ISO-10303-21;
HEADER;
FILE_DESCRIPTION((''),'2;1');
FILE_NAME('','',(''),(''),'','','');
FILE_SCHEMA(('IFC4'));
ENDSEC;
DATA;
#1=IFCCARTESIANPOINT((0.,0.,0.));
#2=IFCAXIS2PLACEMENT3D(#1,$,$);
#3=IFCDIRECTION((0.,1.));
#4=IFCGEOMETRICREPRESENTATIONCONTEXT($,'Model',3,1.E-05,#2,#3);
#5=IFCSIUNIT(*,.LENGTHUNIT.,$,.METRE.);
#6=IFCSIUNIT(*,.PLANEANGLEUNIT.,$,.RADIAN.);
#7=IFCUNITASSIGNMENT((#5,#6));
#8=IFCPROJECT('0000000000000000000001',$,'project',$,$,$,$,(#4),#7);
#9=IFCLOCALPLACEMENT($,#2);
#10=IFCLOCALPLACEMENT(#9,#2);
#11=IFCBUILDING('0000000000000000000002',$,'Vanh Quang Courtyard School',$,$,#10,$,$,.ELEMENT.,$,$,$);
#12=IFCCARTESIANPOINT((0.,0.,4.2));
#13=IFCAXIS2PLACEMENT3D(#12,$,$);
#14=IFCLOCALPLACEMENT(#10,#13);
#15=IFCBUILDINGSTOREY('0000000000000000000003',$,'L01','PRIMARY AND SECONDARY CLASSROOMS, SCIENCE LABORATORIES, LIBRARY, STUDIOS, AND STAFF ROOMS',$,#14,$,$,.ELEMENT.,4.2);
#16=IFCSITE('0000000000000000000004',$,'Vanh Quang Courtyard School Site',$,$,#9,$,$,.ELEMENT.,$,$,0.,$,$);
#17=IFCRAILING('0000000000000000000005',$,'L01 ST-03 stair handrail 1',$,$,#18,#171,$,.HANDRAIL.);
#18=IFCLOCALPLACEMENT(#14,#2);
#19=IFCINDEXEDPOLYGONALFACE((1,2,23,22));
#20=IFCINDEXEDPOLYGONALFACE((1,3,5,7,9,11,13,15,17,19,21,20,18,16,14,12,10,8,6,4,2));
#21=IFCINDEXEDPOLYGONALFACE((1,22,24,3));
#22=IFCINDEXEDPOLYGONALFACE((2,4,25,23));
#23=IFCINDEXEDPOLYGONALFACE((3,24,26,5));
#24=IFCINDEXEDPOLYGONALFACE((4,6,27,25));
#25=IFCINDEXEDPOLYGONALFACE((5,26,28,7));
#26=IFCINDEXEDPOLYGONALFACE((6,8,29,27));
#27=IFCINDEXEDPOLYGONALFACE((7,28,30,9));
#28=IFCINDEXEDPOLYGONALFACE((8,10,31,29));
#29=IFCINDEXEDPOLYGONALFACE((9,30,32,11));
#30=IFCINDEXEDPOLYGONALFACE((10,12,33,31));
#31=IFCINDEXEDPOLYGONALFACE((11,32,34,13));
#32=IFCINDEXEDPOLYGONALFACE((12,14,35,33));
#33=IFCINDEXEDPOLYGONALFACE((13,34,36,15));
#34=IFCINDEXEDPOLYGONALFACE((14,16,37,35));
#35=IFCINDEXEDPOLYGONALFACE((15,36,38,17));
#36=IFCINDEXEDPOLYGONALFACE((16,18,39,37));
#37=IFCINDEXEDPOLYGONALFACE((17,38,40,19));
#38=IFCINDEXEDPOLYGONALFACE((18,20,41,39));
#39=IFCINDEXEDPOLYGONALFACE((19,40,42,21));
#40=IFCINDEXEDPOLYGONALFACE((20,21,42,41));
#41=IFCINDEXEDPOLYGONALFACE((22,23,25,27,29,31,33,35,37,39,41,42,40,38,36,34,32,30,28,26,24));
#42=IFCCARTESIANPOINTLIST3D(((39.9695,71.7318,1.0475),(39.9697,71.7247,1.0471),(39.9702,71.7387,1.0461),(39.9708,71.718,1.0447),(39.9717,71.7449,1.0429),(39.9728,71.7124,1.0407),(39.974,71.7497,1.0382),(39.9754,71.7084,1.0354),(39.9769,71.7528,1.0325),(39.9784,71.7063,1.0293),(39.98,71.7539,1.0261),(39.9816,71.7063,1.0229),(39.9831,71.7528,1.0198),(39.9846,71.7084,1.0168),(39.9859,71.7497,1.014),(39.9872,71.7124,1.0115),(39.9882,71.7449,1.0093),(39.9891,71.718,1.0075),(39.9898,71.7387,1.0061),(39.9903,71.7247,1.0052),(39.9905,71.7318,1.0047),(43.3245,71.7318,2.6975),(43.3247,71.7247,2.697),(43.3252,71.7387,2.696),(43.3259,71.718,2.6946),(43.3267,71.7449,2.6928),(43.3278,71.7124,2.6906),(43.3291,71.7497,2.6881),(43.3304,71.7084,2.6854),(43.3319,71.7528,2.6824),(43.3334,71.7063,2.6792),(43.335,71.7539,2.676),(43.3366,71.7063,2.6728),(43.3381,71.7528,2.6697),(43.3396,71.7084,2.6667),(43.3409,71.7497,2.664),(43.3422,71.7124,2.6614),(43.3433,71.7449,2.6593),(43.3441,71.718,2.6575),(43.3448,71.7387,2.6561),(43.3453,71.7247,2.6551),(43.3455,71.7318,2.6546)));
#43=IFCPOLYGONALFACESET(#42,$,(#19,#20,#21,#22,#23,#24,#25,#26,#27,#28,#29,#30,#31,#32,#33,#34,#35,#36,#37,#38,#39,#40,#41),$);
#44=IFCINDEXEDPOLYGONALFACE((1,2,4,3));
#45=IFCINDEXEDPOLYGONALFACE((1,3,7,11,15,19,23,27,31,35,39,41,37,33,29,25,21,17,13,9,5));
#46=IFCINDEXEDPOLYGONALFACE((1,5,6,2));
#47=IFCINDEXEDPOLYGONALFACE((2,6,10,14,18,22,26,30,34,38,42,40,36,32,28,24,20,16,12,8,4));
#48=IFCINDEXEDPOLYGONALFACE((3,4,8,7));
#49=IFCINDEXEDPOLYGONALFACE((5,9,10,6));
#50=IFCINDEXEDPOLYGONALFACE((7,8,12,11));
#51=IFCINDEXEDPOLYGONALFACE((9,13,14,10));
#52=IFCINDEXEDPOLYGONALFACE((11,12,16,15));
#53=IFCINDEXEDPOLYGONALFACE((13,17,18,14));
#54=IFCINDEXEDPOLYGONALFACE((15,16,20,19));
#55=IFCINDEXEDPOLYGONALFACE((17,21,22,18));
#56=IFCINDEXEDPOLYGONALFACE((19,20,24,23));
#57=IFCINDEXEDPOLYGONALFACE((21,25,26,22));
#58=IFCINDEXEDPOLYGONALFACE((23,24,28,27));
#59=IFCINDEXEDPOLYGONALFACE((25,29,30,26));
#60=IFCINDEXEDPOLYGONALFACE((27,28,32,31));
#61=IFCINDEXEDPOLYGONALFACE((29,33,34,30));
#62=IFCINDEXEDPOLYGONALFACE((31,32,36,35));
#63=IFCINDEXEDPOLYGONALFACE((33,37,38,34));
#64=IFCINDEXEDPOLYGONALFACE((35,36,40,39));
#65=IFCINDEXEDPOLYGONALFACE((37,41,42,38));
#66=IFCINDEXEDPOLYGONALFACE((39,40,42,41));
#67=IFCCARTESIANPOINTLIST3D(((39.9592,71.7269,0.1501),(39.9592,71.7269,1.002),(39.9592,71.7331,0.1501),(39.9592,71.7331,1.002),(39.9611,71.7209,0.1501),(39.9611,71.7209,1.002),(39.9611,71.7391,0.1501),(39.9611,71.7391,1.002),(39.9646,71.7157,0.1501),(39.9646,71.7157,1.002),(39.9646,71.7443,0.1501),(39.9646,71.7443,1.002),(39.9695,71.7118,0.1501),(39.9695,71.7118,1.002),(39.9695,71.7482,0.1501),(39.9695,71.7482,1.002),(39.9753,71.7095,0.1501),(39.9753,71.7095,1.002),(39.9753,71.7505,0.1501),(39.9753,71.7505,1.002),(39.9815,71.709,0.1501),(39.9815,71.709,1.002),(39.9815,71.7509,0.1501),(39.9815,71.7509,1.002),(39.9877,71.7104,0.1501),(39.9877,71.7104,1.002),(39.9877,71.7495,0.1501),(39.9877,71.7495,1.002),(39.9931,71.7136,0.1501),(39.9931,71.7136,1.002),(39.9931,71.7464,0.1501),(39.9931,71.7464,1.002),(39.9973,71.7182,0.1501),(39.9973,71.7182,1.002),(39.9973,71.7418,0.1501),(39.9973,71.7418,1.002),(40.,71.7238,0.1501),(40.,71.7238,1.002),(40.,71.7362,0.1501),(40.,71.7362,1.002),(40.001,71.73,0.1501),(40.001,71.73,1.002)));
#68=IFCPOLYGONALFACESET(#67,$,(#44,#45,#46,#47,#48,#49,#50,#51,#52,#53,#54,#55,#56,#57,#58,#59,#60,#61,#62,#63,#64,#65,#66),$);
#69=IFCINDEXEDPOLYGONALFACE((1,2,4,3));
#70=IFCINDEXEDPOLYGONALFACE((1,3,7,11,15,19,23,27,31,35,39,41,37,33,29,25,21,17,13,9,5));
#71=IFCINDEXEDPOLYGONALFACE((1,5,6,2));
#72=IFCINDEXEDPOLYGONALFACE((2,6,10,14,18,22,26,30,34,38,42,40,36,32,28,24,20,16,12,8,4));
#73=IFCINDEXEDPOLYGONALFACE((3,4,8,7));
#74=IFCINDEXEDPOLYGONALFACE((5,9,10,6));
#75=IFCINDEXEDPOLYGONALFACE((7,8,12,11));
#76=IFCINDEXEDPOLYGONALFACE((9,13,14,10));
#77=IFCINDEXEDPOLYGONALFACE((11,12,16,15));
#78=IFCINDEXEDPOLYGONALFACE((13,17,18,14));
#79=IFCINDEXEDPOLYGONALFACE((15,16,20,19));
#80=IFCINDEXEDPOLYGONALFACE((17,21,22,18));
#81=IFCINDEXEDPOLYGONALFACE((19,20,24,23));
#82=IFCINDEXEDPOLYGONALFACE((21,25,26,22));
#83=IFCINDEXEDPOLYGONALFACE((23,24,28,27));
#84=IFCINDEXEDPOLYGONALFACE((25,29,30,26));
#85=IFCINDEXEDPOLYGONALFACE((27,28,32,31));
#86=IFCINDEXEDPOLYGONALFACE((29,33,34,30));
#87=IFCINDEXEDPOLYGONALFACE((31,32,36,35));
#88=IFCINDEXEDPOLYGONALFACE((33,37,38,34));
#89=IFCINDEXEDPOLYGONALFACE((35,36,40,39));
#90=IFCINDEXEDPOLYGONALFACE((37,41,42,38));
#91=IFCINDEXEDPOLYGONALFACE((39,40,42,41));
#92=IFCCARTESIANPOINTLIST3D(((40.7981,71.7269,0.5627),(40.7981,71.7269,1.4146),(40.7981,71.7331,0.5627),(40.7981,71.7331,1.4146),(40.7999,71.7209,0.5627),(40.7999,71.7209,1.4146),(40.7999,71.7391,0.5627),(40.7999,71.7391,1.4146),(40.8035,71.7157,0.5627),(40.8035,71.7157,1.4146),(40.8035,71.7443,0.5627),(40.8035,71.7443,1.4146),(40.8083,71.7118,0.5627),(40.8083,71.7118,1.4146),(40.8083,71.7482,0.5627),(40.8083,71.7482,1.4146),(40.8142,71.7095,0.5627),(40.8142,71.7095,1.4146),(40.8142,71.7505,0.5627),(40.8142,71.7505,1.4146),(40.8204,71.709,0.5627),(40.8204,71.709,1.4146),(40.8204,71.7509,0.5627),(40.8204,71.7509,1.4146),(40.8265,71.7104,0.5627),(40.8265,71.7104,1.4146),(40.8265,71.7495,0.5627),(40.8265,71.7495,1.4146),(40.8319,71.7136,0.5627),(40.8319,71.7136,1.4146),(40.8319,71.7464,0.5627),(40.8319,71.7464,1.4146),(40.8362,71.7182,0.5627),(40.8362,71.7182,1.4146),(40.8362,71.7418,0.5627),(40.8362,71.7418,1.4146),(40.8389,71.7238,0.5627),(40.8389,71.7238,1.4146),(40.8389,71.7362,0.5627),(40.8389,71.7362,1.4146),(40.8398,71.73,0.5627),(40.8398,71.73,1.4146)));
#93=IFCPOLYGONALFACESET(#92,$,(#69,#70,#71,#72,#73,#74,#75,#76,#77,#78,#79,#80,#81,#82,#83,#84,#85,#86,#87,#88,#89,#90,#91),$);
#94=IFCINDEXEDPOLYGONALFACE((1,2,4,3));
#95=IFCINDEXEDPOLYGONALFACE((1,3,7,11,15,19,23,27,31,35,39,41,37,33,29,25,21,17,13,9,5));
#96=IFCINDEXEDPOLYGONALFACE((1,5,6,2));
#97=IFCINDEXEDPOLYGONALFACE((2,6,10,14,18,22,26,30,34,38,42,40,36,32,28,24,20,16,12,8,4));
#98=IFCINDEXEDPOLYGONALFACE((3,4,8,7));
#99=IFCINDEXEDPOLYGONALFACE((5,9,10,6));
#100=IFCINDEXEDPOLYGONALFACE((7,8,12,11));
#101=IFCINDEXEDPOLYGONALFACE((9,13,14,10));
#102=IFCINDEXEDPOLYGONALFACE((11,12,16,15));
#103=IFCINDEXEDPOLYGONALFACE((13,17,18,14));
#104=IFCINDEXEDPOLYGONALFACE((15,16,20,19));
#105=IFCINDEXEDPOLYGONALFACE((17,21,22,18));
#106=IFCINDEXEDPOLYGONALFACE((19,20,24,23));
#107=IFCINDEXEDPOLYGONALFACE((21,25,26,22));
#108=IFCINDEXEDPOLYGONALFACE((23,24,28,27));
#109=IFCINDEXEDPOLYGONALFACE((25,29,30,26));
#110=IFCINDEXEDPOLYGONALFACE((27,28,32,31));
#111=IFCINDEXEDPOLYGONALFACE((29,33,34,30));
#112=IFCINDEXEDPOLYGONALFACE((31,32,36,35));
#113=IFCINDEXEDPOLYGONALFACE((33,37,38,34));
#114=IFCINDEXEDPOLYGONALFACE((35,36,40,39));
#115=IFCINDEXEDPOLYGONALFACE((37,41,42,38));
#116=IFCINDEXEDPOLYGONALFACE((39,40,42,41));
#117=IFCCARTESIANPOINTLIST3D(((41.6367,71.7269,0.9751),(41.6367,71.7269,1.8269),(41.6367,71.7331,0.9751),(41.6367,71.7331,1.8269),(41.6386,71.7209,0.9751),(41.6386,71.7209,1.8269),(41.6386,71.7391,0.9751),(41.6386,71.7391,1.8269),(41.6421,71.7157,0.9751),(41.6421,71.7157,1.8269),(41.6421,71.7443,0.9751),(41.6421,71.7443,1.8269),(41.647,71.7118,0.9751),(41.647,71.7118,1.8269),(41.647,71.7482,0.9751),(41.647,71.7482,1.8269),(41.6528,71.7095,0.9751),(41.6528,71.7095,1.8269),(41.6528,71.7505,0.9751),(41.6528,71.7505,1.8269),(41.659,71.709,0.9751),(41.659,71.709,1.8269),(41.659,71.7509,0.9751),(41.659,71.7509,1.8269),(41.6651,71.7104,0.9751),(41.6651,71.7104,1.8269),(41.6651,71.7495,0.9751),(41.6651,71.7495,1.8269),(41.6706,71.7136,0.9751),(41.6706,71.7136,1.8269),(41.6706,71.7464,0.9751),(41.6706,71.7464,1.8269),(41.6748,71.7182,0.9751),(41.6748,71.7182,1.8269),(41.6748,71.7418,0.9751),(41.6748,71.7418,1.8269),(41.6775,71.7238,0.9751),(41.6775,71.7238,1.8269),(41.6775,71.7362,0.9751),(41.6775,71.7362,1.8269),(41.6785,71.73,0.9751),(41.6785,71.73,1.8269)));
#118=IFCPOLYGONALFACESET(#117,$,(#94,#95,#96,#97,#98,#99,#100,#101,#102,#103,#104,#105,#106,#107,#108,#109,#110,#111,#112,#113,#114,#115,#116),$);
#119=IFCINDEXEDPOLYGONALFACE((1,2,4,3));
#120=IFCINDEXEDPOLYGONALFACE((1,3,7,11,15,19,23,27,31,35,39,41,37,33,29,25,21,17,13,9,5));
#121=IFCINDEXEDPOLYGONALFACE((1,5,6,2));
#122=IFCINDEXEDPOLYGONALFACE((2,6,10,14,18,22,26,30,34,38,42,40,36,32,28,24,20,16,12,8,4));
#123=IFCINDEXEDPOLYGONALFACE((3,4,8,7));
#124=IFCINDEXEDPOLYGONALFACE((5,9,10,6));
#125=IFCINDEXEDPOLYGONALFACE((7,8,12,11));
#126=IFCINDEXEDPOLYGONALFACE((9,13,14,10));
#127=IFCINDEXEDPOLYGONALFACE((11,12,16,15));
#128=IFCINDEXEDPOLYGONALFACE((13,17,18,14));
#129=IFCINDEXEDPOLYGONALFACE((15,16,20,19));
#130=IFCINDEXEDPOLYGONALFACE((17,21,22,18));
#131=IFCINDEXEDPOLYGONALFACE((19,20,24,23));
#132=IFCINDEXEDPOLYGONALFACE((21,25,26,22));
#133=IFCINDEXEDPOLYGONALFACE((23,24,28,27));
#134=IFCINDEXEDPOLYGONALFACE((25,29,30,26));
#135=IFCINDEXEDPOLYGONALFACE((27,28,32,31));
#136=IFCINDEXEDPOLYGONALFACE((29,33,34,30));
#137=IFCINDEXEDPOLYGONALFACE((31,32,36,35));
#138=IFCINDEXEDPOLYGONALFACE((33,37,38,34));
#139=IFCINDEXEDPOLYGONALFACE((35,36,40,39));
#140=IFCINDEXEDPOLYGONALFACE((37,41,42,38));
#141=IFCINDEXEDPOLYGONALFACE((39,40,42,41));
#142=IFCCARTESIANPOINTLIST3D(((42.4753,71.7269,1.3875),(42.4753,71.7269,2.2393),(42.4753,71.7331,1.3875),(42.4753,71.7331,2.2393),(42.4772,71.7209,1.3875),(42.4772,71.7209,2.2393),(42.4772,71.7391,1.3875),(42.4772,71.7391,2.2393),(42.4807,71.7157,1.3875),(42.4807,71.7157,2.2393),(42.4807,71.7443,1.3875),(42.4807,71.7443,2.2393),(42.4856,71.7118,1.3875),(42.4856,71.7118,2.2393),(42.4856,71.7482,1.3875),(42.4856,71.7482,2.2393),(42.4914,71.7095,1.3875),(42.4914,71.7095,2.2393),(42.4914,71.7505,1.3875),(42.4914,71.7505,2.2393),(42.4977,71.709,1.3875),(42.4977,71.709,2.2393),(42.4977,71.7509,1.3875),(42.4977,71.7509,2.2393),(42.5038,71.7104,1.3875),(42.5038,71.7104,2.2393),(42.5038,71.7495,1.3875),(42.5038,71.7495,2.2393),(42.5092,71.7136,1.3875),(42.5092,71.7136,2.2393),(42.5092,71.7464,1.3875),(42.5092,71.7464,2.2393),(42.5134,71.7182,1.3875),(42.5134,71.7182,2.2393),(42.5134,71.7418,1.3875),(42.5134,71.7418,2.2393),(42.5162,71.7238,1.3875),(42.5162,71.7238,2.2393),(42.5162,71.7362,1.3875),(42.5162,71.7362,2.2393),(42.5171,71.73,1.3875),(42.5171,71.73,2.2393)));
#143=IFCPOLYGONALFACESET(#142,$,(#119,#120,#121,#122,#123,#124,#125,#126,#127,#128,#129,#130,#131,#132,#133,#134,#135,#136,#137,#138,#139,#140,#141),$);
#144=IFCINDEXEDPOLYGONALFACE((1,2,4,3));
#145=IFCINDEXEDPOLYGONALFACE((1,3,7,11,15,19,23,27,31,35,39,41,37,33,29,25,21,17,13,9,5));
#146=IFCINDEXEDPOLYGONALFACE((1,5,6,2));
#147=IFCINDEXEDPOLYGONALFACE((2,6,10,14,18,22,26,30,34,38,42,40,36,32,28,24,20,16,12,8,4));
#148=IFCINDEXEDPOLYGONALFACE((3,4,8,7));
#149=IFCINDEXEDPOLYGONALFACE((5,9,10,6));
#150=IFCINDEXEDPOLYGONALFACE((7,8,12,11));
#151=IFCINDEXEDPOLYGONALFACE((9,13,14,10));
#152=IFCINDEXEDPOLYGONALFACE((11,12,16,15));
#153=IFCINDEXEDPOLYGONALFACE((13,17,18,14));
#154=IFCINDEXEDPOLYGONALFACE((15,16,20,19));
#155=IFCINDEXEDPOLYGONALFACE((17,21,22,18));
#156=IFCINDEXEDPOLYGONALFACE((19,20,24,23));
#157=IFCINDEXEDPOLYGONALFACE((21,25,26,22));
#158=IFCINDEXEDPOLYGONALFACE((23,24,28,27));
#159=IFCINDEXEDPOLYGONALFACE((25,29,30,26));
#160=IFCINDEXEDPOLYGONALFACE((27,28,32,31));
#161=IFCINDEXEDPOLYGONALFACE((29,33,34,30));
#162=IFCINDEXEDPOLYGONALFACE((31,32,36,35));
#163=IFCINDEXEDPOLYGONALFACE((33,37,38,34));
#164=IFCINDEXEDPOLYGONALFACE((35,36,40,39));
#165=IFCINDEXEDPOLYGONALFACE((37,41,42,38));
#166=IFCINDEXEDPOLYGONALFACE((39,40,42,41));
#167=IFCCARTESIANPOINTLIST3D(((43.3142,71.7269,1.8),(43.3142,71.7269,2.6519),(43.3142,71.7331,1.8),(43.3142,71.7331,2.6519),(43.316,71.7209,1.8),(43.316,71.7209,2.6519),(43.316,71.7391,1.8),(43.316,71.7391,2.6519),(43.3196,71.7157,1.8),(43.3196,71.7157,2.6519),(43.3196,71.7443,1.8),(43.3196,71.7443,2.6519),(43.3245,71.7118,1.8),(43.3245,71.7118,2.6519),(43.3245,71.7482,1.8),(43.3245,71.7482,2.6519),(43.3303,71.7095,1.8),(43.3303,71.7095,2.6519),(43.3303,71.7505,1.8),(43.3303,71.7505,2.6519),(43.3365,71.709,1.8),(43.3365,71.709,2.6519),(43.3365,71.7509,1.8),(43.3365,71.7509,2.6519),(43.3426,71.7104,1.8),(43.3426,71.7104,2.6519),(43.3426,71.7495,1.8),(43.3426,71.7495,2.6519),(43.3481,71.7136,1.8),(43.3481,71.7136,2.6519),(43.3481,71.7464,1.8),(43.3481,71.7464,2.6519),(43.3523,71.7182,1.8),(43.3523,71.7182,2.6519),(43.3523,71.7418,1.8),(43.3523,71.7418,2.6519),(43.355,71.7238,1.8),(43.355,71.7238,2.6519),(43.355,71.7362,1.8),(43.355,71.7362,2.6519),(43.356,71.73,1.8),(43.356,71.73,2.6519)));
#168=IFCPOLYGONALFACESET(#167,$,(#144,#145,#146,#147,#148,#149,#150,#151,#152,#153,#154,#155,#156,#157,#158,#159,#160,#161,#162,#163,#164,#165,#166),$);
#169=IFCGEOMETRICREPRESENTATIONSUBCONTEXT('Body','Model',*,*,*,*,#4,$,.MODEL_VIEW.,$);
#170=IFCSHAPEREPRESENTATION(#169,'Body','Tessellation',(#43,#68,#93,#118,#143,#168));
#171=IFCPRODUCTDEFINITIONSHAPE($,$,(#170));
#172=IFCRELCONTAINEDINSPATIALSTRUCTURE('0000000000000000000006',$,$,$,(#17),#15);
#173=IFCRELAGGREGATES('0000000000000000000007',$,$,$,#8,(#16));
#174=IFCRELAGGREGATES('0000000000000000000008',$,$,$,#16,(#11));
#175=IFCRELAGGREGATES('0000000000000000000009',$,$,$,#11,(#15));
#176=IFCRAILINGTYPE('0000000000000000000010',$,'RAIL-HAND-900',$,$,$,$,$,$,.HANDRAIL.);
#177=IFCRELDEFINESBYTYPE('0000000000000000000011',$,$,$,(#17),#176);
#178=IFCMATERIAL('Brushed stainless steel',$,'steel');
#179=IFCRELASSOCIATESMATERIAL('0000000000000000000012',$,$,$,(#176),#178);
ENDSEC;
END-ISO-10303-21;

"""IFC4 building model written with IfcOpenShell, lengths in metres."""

from ifc_helpers import new_model, si_unit, direction, frame, origin, origin_2d, place, context, subcontext, project, spatial, circle, extrude, material, type_object, element, save


model = new_model("IFC4")

# Units and contexts
model_context = context("Model", 3, precision=1e-05, world=origin(), true_north=direction((0.0, 1.0)))
body_context = subcontext(model_context, "Body", "Model", "MODEL_VIEW")
ifc_project = project(units=[si_unit("LENGTHUNIT", "METRE"), si_unit("PLANEANGLEUNIT", "RADIAN")], contexts=[model_context])

# Site, building, storey
site_placement = place(None, origin())
site = spatial("IfcSite", under=ifc_project, at=site_placement, Name="Vanh Quang Courtyard School Site", CompositionType="ELEMENT", RefElevation=0.0)
building_placement = place(site_placement, origin())
building = spatial("IfcBuilding", under=site, at=building_placement, Name="Vanh Quang Courtyard School", CompositionType="ELEMENT")
storey_placement = place(building_placement, frame((0.0, 0.0, 4.2)))
storey = spatial("IfcBuildingStorey", under=building, at=storey_placement, Name="L01", Description="PRIMARY AND SECONDARY CLASSROOMS, SCIENCE LABORATORIES, LIBRARY, STUDIOS, AND STAFF ROOMS", CompositionType="ELEMENT", Elevation=4.2)

# Railing
ifc_material_1 = material(Name="Brushed stainless steel", Category="steel")
railing_type_1 = type_object("IfcRailingType", Name="RAIL-HAND-900", PredefinedType="HANDRAIL", material=ifc_material_1)
railing_1_placement = place(storey_placement, frame((39.98, 71.73, 0.1501)))
element("IfcRailing", 1, at=railing_1_placement, inside=storey, type_object=railing_type_1, Name="L01 ST-03 stair handrail 1", PredefinedType="HANDRAIL", context=body_context, shape_type="SweptSolid", body=[
    extrude(circle(Radius=0.0239, at=origin_2d()), frame((0.0, 0.0, 0.876), z_axis=(0.897359, 0.0, 0.441301), x_axis=(0.0, 1.0, 0.0)), (0.0, 0.0, 1.0), 3.7388),
    extrude(circle(Radius=0.021, at=origin_2d()), origin(), (0.0, 0.0, 1.0), 0.8518),
    extrude(circle(Radius=0.021, at=origin_2d()), frame((0.8389, 0.0, 0.4126)), (0.0, 0.0, 1.0), 0.8518),
    extrude(circle(Radius=0.021, at=origin_2d()), frame((1.6775, 0.0, 0.825)), (0.0, 0.0, 1.0), 0.8518),
    extrude(circle(Radius=0.021, at=origin_2d()), frame((2.5161, 0.0, 1.2373)), (0.0, 0.0, 1.0), 0.8518),
    extrude(circle(Radius=0.021, at=origin_2d()), frame((3.355, 0.0, 1.6499)), (0.0, 0.0, 1.0), 0.8518),
])

save(model, "model.ifc")
